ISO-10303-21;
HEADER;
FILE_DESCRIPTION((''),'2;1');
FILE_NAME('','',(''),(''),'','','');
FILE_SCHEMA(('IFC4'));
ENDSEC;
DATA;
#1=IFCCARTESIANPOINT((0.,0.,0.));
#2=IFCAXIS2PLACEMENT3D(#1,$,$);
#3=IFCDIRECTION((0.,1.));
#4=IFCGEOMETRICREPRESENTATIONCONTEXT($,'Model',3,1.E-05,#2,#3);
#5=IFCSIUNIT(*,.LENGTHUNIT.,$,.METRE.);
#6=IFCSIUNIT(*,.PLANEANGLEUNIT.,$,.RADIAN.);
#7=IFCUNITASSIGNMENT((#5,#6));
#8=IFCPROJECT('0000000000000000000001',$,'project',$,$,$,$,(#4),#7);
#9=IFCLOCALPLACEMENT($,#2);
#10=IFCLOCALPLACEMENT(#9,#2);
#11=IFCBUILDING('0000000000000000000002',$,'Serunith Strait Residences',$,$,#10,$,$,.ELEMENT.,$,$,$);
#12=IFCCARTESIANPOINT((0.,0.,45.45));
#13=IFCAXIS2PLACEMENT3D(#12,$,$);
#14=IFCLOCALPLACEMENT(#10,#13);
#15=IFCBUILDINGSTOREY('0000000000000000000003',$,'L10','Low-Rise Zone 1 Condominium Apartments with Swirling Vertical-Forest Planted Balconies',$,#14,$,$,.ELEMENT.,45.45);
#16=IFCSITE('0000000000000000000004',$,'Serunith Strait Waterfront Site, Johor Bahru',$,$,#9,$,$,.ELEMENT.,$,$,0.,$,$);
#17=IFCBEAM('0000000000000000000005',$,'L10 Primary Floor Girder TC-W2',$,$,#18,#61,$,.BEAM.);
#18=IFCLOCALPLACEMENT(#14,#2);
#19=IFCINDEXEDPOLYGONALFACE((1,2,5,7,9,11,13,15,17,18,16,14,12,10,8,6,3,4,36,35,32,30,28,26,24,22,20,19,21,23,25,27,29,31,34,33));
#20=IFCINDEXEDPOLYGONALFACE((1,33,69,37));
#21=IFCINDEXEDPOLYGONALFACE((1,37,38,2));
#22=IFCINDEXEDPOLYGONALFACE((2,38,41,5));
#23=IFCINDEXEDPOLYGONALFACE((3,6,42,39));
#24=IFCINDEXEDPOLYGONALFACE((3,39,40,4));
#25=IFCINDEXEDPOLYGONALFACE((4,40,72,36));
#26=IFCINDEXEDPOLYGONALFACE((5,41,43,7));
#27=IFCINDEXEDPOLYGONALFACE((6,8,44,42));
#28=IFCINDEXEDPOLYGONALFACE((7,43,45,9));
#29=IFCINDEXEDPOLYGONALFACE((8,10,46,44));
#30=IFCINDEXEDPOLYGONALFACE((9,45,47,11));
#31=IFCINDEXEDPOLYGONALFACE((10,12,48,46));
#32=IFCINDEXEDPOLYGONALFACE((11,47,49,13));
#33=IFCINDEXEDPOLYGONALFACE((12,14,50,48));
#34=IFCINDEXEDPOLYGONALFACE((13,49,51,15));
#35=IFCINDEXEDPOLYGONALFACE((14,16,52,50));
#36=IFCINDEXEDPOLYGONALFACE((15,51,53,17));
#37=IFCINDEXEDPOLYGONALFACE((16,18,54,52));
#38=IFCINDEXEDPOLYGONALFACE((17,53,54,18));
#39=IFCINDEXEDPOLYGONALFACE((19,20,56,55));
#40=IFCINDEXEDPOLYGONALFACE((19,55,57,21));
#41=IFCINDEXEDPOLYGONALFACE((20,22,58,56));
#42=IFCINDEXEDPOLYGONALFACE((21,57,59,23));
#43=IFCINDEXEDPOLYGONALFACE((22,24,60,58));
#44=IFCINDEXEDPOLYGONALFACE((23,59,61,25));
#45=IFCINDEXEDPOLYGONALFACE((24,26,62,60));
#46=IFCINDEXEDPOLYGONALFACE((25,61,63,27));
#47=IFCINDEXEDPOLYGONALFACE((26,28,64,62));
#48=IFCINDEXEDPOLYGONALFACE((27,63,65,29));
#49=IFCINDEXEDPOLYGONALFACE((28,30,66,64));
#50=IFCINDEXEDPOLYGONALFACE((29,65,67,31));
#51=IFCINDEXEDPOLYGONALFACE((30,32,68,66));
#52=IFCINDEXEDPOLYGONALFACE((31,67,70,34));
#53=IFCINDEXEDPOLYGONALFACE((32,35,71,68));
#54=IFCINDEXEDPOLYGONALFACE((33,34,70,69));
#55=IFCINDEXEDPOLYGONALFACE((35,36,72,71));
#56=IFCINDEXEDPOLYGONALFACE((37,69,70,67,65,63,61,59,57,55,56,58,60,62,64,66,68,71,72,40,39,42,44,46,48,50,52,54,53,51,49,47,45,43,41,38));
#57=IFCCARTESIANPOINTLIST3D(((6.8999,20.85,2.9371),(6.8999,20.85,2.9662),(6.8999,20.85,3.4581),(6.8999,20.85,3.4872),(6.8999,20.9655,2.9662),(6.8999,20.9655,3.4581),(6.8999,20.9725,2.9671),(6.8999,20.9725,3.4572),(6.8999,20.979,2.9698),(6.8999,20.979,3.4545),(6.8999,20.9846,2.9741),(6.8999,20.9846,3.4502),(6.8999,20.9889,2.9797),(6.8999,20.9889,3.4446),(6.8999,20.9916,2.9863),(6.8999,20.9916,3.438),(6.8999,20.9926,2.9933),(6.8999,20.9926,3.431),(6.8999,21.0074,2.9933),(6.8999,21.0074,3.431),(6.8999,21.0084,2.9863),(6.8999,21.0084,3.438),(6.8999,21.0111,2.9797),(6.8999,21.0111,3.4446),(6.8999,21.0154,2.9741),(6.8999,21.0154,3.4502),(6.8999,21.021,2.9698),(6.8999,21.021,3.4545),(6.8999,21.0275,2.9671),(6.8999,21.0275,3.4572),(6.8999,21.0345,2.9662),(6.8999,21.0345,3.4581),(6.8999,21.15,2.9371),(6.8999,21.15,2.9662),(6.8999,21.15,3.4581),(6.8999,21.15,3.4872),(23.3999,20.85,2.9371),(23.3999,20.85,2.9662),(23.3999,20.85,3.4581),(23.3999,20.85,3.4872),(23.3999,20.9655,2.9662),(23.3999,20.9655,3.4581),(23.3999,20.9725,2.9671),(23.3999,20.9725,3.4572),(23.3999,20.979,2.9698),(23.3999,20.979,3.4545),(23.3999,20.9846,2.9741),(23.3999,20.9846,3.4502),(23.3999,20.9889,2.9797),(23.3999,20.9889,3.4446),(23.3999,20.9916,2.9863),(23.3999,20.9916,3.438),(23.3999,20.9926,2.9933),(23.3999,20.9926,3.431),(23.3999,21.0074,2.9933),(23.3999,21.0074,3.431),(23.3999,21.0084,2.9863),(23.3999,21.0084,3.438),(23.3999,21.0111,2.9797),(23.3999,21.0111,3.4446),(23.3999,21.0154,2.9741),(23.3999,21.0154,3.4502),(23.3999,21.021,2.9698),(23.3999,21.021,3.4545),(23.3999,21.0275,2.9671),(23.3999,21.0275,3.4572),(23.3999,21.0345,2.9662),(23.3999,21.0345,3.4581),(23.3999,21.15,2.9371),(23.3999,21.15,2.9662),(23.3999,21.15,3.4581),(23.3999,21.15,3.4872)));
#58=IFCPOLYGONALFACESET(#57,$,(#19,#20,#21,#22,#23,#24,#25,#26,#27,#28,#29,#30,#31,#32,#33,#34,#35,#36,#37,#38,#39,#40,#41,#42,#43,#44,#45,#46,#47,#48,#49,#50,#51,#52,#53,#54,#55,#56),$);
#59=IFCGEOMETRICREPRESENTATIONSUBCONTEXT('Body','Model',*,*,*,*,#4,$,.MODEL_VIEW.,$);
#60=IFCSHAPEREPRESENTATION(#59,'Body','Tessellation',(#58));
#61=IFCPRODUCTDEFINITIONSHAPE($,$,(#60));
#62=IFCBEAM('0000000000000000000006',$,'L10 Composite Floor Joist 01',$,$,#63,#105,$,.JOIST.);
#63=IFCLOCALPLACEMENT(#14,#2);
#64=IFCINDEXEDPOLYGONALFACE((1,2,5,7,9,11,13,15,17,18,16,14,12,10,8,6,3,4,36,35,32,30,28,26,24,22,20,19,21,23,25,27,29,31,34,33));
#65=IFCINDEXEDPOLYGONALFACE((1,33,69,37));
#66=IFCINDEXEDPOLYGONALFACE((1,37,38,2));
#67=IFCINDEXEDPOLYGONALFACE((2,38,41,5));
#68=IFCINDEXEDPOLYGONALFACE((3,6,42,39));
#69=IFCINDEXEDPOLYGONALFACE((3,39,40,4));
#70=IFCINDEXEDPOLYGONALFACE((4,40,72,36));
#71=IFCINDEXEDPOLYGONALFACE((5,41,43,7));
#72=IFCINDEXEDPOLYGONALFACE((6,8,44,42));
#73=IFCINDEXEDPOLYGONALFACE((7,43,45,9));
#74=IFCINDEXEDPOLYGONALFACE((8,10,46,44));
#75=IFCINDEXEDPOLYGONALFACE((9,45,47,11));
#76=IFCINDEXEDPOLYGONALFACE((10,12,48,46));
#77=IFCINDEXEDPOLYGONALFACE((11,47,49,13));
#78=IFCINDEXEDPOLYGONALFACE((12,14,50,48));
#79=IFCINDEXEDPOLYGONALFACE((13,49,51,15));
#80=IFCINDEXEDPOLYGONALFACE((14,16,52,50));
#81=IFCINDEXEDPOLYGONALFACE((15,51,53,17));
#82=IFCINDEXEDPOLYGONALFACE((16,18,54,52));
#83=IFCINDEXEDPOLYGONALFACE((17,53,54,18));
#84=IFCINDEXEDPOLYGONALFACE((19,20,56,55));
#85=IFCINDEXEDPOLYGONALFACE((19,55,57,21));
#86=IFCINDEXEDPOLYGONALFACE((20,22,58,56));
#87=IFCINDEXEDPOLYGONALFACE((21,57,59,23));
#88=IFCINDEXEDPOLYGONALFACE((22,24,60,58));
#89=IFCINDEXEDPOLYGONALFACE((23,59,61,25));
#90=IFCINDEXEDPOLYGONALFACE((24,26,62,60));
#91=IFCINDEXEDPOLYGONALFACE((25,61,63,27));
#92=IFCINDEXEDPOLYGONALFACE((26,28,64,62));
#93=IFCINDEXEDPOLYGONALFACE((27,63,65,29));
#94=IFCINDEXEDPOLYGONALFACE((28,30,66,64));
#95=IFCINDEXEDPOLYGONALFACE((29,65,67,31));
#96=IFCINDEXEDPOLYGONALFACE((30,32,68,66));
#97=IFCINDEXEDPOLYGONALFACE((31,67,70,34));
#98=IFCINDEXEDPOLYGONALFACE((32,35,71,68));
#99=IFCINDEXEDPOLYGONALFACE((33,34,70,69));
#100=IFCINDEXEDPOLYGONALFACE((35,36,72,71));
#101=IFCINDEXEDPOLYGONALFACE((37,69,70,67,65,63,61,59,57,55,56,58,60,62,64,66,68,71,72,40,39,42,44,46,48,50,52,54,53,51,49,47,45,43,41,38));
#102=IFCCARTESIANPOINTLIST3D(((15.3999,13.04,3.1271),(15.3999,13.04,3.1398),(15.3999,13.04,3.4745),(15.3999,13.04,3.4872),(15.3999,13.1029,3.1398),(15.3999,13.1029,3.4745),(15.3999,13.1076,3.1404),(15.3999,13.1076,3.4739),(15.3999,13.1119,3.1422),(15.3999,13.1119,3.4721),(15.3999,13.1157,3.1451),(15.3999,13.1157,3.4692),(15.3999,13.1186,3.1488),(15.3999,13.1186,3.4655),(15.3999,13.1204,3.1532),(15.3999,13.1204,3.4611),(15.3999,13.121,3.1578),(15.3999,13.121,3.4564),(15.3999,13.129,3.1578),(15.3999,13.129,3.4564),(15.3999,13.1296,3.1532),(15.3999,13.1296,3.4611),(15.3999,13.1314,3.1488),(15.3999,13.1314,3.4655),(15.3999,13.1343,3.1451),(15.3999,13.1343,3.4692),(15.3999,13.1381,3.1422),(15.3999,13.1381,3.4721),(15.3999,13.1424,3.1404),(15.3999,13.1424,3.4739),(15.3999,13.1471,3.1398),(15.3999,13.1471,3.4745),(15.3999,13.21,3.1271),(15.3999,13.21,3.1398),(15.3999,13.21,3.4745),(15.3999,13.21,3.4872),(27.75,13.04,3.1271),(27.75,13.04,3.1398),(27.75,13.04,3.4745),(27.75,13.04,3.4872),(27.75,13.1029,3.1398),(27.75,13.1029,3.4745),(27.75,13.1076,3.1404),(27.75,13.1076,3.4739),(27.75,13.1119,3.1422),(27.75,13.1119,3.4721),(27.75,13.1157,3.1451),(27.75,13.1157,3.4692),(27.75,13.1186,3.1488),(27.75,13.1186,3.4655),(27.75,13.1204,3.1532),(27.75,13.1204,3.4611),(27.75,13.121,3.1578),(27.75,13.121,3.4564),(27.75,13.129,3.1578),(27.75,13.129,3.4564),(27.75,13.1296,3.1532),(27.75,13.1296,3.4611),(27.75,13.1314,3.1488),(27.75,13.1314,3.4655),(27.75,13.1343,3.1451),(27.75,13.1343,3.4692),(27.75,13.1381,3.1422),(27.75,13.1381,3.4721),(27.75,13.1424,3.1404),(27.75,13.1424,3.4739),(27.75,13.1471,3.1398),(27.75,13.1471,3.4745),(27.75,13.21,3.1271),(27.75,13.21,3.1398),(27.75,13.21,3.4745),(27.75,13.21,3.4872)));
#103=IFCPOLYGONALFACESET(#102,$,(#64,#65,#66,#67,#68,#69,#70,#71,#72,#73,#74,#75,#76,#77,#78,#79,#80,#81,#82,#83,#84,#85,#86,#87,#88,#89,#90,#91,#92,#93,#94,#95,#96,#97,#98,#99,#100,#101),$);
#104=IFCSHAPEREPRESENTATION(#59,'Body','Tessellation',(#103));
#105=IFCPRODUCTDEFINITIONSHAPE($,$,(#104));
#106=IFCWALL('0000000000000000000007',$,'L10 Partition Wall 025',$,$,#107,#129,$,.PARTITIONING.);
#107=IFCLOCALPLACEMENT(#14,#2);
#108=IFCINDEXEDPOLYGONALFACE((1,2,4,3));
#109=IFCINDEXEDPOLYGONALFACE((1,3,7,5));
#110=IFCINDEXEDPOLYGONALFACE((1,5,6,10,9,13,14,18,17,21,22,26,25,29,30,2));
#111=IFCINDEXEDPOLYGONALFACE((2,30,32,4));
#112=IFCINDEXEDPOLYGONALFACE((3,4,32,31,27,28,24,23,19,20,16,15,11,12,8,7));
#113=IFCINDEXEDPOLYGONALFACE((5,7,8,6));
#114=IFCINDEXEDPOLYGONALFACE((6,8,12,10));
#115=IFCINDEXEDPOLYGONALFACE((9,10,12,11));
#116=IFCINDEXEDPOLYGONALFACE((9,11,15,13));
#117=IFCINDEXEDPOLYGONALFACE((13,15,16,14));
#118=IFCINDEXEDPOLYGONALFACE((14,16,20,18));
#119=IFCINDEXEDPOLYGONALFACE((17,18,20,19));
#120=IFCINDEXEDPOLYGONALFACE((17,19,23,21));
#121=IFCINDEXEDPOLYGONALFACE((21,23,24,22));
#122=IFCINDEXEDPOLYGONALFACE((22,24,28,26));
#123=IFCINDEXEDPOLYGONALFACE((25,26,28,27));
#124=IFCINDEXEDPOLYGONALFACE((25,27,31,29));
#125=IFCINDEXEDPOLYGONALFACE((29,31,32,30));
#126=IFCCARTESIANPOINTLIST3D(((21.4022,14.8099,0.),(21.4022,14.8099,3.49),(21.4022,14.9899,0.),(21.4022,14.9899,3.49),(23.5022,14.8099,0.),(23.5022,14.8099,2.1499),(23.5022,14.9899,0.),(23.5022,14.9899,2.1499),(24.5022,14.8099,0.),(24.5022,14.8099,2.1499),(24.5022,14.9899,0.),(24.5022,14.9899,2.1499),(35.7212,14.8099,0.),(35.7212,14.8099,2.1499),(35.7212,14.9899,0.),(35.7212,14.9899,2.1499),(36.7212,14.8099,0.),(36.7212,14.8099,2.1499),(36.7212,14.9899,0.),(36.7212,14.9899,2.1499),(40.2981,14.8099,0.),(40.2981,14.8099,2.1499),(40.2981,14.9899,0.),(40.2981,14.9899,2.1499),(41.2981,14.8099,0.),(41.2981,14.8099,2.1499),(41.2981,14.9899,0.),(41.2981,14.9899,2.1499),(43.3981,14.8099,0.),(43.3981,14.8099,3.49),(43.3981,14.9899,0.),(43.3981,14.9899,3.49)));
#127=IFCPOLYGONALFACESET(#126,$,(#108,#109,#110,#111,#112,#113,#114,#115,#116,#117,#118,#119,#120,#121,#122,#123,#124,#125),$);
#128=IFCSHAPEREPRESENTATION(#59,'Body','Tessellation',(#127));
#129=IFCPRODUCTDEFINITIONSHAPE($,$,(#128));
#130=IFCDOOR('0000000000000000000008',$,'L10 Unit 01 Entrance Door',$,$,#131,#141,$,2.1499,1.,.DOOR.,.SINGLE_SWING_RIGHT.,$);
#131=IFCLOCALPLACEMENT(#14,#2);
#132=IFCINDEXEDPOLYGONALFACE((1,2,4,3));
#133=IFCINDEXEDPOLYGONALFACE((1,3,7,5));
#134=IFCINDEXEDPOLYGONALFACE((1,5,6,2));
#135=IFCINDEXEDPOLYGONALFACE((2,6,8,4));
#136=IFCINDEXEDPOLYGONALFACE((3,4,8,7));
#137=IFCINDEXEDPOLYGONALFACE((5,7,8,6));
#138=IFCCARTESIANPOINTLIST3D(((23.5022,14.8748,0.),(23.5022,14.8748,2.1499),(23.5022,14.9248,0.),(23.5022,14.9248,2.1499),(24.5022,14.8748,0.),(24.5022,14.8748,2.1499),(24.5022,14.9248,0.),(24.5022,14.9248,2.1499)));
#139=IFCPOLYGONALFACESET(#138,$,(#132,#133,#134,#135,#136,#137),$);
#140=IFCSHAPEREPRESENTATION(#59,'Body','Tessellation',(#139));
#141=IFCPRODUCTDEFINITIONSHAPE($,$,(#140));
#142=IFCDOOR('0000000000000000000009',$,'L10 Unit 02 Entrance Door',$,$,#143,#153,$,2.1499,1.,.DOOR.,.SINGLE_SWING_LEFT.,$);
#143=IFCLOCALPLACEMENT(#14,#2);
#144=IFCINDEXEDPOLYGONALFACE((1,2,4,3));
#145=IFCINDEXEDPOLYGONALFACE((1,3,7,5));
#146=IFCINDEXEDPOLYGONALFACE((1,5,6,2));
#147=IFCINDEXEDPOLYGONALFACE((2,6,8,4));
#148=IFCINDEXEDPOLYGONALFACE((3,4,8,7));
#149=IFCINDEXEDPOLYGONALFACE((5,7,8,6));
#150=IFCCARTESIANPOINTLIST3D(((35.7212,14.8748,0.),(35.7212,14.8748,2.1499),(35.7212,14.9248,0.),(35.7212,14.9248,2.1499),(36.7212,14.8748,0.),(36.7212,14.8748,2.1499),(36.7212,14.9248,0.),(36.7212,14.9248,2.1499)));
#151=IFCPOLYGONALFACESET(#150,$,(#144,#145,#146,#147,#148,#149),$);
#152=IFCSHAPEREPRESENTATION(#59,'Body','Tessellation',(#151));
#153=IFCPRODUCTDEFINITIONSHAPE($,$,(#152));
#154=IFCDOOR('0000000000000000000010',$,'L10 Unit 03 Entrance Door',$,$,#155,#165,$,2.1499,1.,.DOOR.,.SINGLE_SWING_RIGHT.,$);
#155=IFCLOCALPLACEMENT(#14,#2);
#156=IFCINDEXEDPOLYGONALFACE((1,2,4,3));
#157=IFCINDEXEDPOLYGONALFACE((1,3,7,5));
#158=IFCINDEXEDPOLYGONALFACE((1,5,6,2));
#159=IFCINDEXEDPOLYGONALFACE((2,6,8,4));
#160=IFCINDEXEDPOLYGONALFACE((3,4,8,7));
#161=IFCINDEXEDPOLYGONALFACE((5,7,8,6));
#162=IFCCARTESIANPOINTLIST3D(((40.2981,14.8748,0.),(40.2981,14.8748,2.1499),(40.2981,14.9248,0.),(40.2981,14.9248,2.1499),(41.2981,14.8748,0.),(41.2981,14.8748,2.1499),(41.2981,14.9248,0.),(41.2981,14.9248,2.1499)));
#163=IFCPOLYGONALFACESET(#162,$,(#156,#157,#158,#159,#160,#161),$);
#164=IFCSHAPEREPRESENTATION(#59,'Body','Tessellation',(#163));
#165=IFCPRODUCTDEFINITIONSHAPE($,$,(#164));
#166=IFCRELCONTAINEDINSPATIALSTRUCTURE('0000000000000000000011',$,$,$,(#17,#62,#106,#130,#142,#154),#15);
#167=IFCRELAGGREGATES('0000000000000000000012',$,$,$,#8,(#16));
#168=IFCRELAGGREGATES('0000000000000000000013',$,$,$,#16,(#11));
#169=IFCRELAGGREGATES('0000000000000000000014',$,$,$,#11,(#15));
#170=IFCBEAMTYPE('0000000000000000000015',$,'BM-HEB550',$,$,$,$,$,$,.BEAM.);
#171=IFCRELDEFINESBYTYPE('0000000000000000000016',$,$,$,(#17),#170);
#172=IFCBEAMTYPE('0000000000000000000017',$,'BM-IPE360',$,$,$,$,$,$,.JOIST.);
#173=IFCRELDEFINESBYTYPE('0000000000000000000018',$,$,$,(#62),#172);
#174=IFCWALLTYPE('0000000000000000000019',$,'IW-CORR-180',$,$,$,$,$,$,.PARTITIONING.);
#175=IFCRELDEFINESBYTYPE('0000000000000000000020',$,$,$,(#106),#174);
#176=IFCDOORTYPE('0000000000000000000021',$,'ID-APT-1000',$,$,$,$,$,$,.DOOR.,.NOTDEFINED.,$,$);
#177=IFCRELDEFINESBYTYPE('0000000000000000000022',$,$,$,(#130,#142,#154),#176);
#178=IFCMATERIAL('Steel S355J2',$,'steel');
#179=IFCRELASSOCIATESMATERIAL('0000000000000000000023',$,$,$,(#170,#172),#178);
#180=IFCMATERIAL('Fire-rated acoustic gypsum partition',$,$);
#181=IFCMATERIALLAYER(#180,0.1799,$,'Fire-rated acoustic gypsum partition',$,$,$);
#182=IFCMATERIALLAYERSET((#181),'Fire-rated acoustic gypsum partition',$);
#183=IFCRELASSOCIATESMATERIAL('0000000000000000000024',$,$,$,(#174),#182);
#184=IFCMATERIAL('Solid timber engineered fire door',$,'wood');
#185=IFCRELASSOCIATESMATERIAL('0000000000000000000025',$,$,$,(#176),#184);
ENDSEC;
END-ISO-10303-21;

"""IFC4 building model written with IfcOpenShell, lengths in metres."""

from ifc_helpers import new_model, si_unit, direction, frame, frame_2d, origin, origin_2d, place, context, subcontext, project, spatial, rectangle, i_section, extrude, source, transform, mapped, material, layer, layer_set, material_profile, profile_set, type_object, element, fill, save


model = new_model("IFC4")

# Units and contexts
model_context = context("Model", 3, precision=1e-05, world=origin(), true_north=direction((0.0, 1.0)))
body_context = subcontext(model_context, "Body", "Model", "MODEL_VIEW")
ifc_project = project(units=[si_unit("LENGTHUNIT", "METRE"), si_unit("PLANEANGLEUNIT", "RADIAN")], contexts=[model_context])

# Site, building, storey
site_placement = place(None, origin())
site = spatial("IfcSite", under=ifc_project, at=site_placement, Name="Serunith Strait Waterfront Site, Johor Bahru", CompositionType="ELEMENT", RefElevation=0.0)
building_placement = place(site_placement, origin())
building = spatial("IfcBuilding", under=site, at=building_placement, Name="Serunith Strait Residences", CompositionType="ELEMENT")
storey_placement = place(building_placement, frame((0.0, 0.0, 45.45)))
storey = spatial("IfcBuildingStorey", under=building, at=storey_placement, Name="L10", Description="Low-Rise Zone 1 Condominium Apartments with Swirling Vertical-Forest Planted Balconies", CompositionType="ELEMENT", Elevation=45.45)

# Beams
ifc_material_1 = material(Name="Steel S355J2", Category="steel")
ifc_material_profile_1 = material_profile(ifc_material_1, i_section(OverallWidth=0.3, OverallDepth=0.55, WebThickness=0.0149, FlangeThickness=0.0291, FilletRadius=0.0271, at=origin_2d()), Name="HEB 550")
ifc_profile_set_1 = profile_set([ifc_material_profile_1], Name="Steel S355J2")
beam_type_1 = type_object("IfcBeamType", Name="BM-HEB550", PredefinedType="BEAM", material=ifc_profile_set_1)
shared_shape_1 = source(origin(), body_context, "Body", "SweptSolid", [
    extrude(i_section(OverallWidth=0.3, OverallDepth=0.55, WebThickness=0.0149, FlangeThickness=0.0291, FilletRadius=0.0271, at=origin_2d()), origin(), (0.0, 0.0, 1.0), 16.5),
])
beam_1_placement = place(storey_placement, frame((23.3999, 21.0, 3.2122), z_axis=(-1.0, 0.0, 0.0), x_axis=(0.0, -1.0, 0.0)))
element("IfcBeam", 1, at=beam_1_placement, inside=storey, type_object=beam_type_1, Name="L10 Primary Floor Girder TC-W2", PredefinedType="BEAM", context=body_context, shape_type="MappedRepresentation", body=[
    mapped(shared_shape_1, transform((0.0, 0.0, 0.0), scale=1.0)),
])
ifc_material_profile_2 = material_profile(ifc_material_1, i_section(OverallWidth=0.1699, OverallDepth=0.3601, WebThickness=0.0081, FlangeThickness=0.0127, FilletRadius=0.0181, at=origin_2d()), Name="IPE 360")
ifc_profile_set_2 = profile_set([ifc_material_profile_2], Name="Steel S355J2")
beam_type_2 = type_object("IfcBeamType", Name="BM-IPE360", PredefinedType="JOIST", material=ifc_profile_set_2)
shared_shape_2 = source(origin(), body_context, "Body", "SweptSolid", [
    extrude(i_section(OverallWidth=0.1699, OverallDepth=0.3601, WebThickness=0.0081, FlangeThickness=0.0127, FilletRadius=0.0181, at=origin_2d()), origin(), (0.0, 0.0, 1.0), 12.3501),
])
beam_2_placement = place(storey_placement, frame((15.3999, 13.125, 3.3071), z_axis=(1.0, 0.0, 0.0), x_axis=(0.0, 1.0, 0.0)))
element("IfcBeam", 2, at=beam_2_placement, inside=storey, type_object=beam_type_2, Name="L10 Composite Floor Joist 01", PredefinedType="JOIST", context=body_context, shape_type="MappedRepresentation", body=[
    mapped(shared_shape_2, transform((0.0, 0.0, 0.0), scale=1.0)),
])

# Wall, openings, doors
ifc_material_2 = material(Name="Fire-rated acoustic gypsum partition")
ifc_layer_1 = layer(ifc_material_2, 0.1799, Name="Fire-rated acoustic gypsum partition")
ifc_layer_set_1 = layer_set([ifc_layer_1], Name="Fire-rated acoustic gypsum partition")
wall_type_1 = type_object("IfcWallType", Name="IW-CORR-180", PredefinedType="PARTITIONING", material=ifc_layer_set_1)
wall_1_placement = place(storey_placement, frame((21.4021, 14.8999, 0.0), z_axis=(0.0, 0.0, 1.0), x_axis=(1.0, 0.0, 0.0)))
wall_1 = element("IfcWall", 3, at=wall_1_placement, inside=storey, type_object=wall_type_1, Name="L10 Partition Wall 025", PredefinedType="PARTITIONING", context=body_context, shape_type="SweptSolid", body=[
    extrude(rectangle(XDim=21.9958, YDim=0.1799, at=frame_2d((10.998, 0.0))), origin(), (0.0, 0.0, 1.0), 3.49),
])
opening_1_placement = place(wall_1_placement, frame((2.1001, 0.0, 0.0)))
opening_1 = element("IfcOpeningElement", 4, at=opening_1_placement, cuts=wall_1, PredefinedType="OPENING", context=body_context, shape_type="SweptSolid", body=[
    extrude(rectangle(XDim=1.0, YDim=2.1499, at=frame_2d((0.5, 1.075))), frame((0.0, 0.1001, 0.0), z_axis=(0.0, -1.0, 0.0), x_axis=(1.0, 0.0, 0.0)), (0.0, 0.0, 1.0), 0.2),
])
opening_2_placement = place(wall_1_placement, frame((14.3191, 0.0, 0.0)))
opening_2 = element("IfcOpeningElement", 5, at=opening_2_placement, cuts=wall_1, PredefinedType="OPENING", context=body_context, shape_type="SweptSolid", body=[
    extrude(rectangle(XDim=1.0, YDim=2.1499, at=frame_2d((0.5, 1.075))), frame((0.0, 0.1001, 0.0), z_axis=(0.0, -1.0, 0.0), x_axis=(1.0, 0.0, 0.0)), (0.0, 0.0, 1.0), 0.2),
])
opening_3_placement = place(wall_1_placement, frame((18.896, 0.0, 0.0)))
opening_3 = element("IfcOpeningElement", 6, at=opening_3_placement, cuts=wall_1, PredefinedType="OPENING", context=body_context, shape_type="SweptSolid", body=[
    extrude(rectangle(XDim=1.0, YDim=2.1499, at=frame_2d((0.5, 1.075))), frame((0.0, 0.1001, 0.0), z_axis=(0.0, -1.0, 0.0), x_axis=(1.0, 0.0, 0.0)), (0.0, 0.0, 1.0), 0.2),
])
ifc_material_3 = material(Name="Solid timber engineered fire door", Category="wood")
door_type_1 = type_object("IfcDoorType", Name="ID-APT-1000", OperationType="NOTDEFINED", PredefinedType="DOOR", material=ifc_material_3)
shared_shape_3 = source(origin(), body_context, "Body", "SweptSolid", [
    extrude(rectangle(XDim=1.0, YDim=2.1499, at=frame_2d((0.5, 1.075))), frame((0.0, 0.0249, 0.0), z_axis=(0.0, -1.0, 0.0), x_axis=(1.0, 0.0, 0.0)), (0.0, 0.0, 1.0), 0.05),
])
door_1_placement = place(opening_1_placement, origin())
door_1 = element("IfcDoor", 7, at=door_1_placement, inside=storey, type_object=door_type_1, Name="L10 Unit 01 Entrance Door", OperationType="SINGLE_SWING_RIGHT", OverallHeight=2.1499, OverallWidth=1.0, PredefinedType="DOOR", context=body_context, shape_type="MappedRepresentation", body=[
    mapped(shared_shape_3, transform((0.0, 0.0, 0.0), scale=1.0)),
])
fill(opening_1, door_1)
door_2_placement = place(opening_2_placement, origin())
door_2 = element("IfcDoor", 8, at=door_2_placement, inside=storey, type_object=door_type_1, Name="L10 Unit 02 Entrance Door", OperationType="SINGLE_SWING_LEFT", OverallHeight=2.1499, OverallWidth=1.0, PredefinedType="DOOR", context=body_context, shape_type="MappedRepresentation", body=[
    mapped(shared_shape_3, transform((0.0, 0.0, 0.0), scale=1.0)),
])
fill(opening_2, door_2)
door_3_placement = place(opening_3_placement, origin())
door_3 = element("IfcDoor", 9, at=door_3_placement, inside=storey, type_object=door_type_1, Name="L10 Unit 03 Entrance Door", OperationType="SINGLE_SWING_RIGHT", OverallHeight=2.1499, OverallWidth=1.0, PredefinedType="DOOR", context=body_context, shape_type="MappedRepresentation", body=[
    mapped(shared_shape_3, transform((0.0, 0.0, 0.0), scale=1.0)),
])
fill(opening_3, door_3)

save(model, "model.ifc")
